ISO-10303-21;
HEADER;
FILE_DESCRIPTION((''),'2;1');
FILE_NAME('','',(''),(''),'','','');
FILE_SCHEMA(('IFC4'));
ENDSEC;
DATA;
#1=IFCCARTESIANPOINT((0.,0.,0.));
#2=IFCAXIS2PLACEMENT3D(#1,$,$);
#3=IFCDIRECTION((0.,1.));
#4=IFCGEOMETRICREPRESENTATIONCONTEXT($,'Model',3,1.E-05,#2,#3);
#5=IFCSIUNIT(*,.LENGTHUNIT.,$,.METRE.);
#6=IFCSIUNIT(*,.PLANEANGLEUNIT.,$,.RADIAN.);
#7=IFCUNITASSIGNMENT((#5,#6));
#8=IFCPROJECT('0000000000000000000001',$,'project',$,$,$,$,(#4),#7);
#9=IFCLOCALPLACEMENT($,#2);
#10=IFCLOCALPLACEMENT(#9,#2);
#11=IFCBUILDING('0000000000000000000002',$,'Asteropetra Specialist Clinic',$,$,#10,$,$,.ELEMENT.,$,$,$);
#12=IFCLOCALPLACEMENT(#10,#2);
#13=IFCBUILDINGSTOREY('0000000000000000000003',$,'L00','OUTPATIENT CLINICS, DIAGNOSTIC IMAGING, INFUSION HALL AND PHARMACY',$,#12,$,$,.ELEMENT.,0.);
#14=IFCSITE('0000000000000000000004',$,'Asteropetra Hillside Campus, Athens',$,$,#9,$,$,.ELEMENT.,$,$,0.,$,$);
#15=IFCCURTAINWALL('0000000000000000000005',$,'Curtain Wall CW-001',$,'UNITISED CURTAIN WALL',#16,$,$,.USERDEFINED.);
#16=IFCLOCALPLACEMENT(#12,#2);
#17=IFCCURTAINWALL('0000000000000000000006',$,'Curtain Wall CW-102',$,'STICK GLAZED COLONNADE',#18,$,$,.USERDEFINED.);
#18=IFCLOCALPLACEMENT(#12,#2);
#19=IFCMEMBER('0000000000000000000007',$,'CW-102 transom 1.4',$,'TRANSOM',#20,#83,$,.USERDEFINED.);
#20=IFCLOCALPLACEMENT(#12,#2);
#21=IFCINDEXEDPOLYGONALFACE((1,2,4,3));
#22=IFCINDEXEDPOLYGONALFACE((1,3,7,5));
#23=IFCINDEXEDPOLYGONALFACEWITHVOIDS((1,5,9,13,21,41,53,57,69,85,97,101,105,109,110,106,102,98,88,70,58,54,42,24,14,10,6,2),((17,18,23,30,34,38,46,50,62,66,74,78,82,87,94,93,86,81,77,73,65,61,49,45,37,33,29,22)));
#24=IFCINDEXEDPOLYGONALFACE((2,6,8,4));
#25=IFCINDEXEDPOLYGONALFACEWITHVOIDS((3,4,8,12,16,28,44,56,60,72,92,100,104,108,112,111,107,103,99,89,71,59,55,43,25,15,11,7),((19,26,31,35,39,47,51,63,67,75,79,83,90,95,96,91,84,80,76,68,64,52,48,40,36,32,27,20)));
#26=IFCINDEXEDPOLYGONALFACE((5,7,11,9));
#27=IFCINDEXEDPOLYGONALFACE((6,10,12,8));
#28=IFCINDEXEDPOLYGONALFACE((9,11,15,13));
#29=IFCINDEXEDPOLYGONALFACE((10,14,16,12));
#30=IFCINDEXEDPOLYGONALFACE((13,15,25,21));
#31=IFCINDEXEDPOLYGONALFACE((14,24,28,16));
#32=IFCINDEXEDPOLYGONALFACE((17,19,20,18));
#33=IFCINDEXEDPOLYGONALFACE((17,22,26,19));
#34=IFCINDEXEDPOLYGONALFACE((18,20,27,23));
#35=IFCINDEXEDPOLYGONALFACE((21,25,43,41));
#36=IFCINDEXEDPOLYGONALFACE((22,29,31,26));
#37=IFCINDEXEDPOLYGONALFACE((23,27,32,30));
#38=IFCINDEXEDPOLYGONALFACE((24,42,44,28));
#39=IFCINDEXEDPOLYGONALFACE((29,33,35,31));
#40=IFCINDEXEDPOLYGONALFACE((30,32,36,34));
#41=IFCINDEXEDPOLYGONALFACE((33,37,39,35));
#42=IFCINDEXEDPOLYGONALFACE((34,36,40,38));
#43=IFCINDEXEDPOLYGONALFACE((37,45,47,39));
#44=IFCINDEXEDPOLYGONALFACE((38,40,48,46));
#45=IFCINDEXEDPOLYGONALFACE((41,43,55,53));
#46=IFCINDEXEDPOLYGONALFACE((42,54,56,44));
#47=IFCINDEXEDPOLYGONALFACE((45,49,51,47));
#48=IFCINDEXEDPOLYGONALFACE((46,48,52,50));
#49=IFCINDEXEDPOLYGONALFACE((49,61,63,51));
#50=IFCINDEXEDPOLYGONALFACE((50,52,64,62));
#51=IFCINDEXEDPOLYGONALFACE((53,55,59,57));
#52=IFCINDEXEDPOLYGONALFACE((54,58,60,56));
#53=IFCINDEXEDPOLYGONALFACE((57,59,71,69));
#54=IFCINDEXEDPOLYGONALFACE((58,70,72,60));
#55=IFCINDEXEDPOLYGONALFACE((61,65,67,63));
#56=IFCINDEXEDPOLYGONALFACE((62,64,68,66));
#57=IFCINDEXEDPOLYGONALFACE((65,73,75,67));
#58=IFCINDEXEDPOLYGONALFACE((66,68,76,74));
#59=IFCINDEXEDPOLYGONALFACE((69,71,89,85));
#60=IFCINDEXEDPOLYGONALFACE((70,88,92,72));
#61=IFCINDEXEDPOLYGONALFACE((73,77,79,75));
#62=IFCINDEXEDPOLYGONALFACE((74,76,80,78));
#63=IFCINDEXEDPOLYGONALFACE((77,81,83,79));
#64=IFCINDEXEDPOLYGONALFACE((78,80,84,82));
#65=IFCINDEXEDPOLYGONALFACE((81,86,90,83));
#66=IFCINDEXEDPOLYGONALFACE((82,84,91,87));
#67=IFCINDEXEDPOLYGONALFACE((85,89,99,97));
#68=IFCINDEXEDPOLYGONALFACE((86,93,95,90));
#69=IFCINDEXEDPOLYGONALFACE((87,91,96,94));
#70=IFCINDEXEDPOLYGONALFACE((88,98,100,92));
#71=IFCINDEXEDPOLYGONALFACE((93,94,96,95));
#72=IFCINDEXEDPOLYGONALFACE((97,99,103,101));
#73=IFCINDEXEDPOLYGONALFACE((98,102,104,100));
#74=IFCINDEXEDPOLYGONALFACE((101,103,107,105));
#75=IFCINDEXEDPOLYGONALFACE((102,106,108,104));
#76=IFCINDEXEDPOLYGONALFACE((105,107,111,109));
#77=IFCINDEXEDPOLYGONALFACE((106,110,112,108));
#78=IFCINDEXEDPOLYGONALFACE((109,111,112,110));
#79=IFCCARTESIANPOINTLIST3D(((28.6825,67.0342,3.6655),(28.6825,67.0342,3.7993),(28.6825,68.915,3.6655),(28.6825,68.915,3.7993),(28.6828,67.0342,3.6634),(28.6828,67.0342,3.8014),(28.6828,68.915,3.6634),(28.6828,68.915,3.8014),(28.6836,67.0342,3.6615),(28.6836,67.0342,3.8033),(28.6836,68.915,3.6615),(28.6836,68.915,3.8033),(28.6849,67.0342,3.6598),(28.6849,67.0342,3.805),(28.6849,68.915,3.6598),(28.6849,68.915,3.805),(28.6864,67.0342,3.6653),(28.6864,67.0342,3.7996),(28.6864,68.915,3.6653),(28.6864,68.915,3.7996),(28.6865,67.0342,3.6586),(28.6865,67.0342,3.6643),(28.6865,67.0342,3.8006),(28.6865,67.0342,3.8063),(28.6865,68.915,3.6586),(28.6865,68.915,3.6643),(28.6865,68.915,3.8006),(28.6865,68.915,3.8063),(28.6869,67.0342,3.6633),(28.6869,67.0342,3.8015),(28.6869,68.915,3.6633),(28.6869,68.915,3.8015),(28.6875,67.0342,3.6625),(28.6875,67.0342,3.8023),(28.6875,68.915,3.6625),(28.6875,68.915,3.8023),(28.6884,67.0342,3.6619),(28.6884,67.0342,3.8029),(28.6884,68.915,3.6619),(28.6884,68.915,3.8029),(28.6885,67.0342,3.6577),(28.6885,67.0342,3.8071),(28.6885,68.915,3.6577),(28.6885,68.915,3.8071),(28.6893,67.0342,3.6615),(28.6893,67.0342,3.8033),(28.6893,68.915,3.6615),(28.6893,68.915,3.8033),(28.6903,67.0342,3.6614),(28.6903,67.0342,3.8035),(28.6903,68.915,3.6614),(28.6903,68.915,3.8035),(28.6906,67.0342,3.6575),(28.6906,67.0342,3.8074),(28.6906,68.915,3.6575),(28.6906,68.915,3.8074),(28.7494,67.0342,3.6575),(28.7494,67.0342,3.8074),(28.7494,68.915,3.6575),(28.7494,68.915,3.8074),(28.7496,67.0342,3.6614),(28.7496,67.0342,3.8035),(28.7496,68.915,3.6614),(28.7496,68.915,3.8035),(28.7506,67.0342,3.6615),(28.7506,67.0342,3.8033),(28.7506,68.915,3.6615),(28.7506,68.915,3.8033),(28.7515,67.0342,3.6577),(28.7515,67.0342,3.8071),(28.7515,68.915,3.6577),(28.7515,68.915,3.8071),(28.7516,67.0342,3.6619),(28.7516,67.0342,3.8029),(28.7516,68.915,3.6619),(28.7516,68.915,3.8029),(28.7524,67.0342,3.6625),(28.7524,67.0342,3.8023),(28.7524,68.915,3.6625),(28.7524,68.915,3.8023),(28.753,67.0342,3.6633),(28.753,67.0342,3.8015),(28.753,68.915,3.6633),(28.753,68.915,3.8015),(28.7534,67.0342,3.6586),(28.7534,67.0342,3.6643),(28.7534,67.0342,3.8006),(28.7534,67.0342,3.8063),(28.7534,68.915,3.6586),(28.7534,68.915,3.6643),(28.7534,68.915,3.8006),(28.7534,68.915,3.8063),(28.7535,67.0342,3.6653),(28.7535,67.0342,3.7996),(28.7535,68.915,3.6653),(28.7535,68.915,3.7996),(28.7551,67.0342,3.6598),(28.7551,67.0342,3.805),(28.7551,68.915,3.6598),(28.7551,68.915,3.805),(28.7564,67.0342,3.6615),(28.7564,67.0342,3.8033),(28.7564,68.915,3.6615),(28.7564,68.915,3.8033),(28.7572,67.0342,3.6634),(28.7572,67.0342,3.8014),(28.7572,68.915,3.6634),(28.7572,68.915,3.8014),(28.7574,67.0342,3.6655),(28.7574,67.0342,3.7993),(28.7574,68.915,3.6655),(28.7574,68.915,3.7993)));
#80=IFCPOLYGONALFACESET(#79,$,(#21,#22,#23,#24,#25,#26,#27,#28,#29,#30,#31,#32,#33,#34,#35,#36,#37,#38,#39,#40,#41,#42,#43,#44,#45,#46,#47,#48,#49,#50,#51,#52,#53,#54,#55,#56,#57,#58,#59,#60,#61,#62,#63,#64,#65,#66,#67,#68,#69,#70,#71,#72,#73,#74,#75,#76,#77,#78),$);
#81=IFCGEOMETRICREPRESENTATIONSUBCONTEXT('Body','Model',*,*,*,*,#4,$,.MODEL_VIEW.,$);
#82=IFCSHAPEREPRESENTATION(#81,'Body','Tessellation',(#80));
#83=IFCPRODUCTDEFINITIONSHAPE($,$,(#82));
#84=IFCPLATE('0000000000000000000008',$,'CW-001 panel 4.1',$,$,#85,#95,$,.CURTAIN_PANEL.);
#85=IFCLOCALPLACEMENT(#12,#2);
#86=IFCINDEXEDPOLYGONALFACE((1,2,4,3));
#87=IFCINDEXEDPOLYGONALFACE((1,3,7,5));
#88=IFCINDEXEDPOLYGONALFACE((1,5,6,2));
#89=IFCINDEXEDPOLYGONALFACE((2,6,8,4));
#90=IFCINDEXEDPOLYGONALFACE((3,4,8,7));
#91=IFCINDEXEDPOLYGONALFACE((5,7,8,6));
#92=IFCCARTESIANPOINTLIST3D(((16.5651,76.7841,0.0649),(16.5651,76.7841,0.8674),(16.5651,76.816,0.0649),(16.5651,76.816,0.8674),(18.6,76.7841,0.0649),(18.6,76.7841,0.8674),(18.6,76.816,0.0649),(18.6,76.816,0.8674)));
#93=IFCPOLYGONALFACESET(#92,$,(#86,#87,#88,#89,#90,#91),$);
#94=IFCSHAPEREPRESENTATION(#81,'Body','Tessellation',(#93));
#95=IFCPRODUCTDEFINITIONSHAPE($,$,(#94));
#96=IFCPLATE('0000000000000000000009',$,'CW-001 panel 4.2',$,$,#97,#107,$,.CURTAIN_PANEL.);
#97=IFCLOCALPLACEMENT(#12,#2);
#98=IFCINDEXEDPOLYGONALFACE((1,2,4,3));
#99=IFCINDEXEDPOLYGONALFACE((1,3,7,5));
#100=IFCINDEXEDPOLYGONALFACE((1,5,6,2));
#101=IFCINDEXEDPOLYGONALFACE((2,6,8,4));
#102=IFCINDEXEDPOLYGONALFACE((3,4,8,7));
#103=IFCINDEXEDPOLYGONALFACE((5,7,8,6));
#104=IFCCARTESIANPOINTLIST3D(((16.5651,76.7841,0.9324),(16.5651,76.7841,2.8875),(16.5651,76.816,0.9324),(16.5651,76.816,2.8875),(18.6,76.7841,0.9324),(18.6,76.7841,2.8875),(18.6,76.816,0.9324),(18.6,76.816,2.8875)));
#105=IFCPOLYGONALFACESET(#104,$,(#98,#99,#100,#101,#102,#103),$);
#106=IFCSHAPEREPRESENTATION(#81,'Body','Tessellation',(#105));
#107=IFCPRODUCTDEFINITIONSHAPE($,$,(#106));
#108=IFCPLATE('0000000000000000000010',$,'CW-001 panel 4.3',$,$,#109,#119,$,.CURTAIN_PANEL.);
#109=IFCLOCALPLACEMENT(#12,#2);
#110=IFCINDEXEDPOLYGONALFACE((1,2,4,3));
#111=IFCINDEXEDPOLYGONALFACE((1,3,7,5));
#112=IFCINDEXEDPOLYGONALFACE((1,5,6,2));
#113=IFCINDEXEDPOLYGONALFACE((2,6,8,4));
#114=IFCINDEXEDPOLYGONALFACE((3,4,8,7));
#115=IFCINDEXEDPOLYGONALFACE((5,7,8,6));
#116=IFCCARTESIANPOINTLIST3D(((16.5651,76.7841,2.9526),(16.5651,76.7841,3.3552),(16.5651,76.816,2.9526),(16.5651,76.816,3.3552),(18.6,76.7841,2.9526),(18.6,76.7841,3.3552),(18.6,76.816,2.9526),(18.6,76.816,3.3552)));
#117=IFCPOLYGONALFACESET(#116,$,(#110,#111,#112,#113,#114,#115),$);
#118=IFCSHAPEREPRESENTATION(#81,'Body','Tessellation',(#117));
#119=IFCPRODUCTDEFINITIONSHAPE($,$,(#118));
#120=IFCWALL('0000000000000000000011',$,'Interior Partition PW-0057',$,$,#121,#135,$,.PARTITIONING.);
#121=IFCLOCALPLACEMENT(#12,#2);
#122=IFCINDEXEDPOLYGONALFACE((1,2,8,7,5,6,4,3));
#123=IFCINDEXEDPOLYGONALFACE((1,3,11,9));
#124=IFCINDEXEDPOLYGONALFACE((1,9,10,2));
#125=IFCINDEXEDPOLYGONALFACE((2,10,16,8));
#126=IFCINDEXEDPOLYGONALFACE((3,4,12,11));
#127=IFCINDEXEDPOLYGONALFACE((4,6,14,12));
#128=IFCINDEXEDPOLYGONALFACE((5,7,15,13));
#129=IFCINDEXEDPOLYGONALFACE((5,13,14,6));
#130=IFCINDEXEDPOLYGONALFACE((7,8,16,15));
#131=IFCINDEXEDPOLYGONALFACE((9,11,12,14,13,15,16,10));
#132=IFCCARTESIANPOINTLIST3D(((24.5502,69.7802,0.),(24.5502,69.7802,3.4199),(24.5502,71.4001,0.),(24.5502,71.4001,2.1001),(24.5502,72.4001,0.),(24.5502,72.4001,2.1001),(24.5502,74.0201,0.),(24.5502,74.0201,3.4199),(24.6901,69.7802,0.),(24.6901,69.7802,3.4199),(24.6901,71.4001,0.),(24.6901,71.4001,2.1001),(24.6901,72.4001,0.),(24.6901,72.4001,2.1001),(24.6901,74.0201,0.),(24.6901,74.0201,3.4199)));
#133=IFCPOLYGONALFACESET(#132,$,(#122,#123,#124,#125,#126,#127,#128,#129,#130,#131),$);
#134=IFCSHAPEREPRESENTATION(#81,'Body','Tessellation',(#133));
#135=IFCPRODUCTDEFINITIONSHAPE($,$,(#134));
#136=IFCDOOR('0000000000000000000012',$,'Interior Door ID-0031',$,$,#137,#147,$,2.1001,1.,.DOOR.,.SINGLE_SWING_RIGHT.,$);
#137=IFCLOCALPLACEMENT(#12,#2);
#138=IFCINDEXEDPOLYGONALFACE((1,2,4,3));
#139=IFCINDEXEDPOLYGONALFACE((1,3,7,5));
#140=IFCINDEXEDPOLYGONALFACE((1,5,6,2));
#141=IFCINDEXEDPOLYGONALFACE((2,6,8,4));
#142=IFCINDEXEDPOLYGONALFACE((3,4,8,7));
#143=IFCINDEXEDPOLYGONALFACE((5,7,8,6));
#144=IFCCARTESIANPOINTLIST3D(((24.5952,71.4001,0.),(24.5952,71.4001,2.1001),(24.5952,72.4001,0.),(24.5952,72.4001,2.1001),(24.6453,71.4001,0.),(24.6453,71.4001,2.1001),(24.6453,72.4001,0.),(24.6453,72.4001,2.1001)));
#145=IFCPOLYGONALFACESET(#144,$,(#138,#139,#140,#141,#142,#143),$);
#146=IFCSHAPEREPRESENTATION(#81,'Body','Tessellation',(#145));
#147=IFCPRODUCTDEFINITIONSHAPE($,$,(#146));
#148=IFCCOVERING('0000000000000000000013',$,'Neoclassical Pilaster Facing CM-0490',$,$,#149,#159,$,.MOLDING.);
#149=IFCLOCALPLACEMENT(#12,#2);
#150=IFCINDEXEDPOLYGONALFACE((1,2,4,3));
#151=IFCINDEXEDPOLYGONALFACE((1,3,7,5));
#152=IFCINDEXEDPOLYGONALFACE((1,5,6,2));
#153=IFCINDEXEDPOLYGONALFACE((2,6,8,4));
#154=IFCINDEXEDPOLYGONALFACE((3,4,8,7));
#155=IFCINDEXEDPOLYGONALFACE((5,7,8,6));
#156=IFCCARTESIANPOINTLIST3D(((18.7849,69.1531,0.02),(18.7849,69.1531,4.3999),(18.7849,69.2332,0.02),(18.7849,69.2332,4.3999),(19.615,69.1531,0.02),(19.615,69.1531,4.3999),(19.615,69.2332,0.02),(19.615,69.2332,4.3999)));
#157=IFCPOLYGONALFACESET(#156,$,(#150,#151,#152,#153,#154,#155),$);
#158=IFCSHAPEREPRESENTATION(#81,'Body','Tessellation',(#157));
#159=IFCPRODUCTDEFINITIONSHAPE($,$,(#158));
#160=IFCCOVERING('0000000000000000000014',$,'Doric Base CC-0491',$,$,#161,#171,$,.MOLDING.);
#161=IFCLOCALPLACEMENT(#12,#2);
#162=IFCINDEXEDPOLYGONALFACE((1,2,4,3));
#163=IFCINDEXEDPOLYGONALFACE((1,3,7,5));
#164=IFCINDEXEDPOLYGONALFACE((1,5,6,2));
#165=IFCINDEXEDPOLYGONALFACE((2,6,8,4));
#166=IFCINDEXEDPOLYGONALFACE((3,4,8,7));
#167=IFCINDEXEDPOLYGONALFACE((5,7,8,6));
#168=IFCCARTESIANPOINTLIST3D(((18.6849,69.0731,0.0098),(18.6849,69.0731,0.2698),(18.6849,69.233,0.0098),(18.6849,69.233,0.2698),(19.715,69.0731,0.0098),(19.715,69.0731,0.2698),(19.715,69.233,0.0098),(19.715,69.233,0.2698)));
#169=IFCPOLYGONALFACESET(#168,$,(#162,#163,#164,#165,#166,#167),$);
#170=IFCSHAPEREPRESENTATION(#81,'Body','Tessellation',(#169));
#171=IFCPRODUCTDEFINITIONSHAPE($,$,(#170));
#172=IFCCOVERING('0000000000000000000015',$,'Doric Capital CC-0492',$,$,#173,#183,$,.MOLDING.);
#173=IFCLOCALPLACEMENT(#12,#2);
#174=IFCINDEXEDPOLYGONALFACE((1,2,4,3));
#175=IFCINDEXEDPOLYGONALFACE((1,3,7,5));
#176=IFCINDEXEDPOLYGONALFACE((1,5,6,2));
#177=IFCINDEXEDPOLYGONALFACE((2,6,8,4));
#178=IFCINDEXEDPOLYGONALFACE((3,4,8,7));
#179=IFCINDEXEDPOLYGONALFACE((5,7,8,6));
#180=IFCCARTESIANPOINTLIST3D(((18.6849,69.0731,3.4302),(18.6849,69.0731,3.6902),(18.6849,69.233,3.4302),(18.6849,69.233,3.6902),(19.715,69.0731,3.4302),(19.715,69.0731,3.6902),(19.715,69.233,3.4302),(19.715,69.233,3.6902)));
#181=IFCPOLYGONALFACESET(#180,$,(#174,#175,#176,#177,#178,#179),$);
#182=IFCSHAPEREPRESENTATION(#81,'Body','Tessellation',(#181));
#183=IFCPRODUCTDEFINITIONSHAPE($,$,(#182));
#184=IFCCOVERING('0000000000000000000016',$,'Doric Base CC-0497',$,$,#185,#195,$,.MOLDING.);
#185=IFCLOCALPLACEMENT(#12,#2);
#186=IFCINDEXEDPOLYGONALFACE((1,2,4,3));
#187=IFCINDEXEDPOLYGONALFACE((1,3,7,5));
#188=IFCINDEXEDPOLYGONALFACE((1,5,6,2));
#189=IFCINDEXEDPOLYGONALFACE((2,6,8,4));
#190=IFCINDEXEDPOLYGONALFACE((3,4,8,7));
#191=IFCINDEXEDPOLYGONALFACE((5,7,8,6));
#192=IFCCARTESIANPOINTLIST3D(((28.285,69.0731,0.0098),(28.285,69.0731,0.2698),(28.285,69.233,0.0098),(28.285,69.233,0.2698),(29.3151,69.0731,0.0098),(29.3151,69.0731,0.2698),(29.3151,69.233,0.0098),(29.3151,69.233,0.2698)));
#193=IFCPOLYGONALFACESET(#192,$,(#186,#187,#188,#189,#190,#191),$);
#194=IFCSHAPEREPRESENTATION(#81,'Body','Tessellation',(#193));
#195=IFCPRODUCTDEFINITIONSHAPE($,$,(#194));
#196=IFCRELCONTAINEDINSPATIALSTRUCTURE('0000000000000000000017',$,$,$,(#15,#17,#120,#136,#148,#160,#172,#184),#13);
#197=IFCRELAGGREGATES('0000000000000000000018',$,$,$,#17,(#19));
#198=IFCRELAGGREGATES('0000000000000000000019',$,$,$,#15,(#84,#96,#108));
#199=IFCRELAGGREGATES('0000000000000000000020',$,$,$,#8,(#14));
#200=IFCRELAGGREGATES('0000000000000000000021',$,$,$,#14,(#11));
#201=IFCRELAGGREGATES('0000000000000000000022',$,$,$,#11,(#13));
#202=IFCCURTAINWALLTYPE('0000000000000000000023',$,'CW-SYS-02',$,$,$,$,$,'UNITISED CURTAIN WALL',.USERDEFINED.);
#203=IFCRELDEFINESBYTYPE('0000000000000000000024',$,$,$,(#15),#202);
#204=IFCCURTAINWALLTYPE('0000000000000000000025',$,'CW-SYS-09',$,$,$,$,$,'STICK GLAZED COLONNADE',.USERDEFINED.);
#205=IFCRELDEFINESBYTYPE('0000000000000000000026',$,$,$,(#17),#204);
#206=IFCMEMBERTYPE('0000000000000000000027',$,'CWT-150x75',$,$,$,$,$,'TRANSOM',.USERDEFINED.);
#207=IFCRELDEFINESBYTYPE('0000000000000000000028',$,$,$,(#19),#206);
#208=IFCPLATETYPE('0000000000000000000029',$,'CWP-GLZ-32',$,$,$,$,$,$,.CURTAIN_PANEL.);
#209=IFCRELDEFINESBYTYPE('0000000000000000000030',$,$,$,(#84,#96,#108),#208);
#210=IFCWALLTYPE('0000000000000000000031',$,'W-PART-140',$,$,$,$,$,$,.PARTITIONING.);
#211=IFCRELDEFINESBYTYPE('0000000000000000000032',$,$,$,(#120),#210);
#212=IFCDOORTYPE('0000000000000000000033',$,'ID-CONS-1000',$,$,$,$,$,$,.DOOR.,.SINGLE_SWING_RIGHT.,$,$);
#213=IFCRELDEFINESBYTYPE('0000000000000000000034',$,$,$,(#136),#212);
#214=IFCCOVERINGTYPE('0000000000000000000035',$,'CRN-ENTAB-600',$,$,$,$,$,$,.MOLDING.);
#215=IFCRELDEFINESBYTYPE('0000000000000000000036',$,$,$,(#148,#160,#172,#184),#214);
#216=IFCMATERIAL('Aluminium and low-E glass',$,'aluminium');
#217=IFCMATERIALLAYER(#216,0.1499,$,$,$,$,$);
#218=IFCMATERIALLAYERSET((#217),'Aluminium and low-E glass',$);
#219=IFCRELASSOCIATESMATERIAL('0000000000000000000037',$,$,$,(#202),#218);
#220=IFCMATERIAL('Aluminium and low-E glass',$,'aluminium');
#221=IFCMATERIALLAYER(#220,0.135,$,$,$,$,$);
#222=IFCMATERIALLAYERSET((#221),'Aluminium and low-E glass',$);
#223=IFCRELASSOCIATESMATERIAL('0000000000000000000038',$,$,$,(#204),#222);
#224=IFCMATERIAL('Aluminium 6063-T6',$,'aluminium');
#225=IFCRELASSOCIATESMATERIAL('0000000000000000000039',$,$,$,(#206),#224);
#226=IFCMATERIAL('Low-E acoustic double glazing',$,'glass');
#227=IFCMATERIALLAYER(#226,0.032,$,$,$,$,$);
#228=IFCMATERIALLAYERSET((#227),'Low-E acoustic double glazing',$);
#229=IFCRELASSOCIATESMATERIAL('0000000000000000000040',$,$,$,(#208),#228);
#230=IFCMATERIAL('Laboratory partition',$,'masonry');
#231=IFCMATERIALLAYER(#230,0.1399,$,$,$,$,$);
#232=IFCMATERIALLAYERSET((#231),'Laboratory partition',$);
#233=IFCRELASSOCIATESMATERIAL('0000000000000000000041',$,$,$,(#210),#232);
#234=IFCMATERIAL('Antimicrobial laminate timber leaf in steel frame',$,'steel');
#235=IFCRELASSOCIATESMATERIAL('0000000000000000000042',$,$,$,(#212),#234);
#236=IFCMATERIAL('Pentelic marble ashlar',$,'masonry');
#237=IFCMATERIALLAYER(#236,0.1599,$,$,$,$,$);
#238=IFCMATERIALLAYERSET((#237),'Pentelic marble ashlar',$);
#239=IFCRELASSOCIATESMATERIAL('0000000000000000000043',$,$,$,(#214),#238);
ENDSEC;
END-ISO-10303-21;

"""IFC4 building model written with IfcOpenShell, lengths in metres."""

from ifc_helpers import new_model, si_unit, direction, frame, frame_2d, origin, origin_2d, place, context, subcontext, project, spatial, rectangle, hollow_rectangle, extrude, material, layer, layer_set, material_profile, profile_set, type_object, element, fill, aggregate, save


model = new_model("IFC4")

# Units and contexts
model_context = context("Model", 3, precision=1e-05, world=origin(), true_north=direction((0.0, 1.0)))
body_context = subcontext(model_context, "Body", "Model", "MODEL_VIEW")
ifc_project = project(units=[si_unit("LENGTHUNIT", "METRE"), si_unit("PLANEANGLEUNIT", "RADIAN")], contexts=[model_context])

# Site, building, storey
site_placement = place(None, origin())
site = spatial("IfcSite", under=ifc_project, at=site_placement, Name="Asteropetra Hillside Campus, Athens", CompositionType="ELEMENT", RefElevation=0.0)
building_placement = place(site_placement, origin())
building = spatial("IfcBuilding", under=site, at=building_placement, Name="Asteropetra Specialist Clinic", CompositionType="ELEMENT")
storey_placement = place(building_placement, origin())
storey = spatial("IfcBuildingStorey", under=building, at=storey_placement, Name="L00", Description="OUTPATIENT CLINICS, DIAGNOSTIC IMAGING, INFUSION HALL AND PHARMACY", CompositionType="ELEMENT", Elevation=0.0)

# Curtain wall
ifc_material_1 = material(Name="Aluminium and low-E glass", Category="aluminium")
ifc_layer_1 = layer(ifc_material_1, 0.1499)
ifc_layer_set_1 = layer_set([ifc_layer_1], Name="Aluminium and low-E glass")
curtain_wall_type_1 = type_object("IfcCurtainWallType", Name="CW-SYS-02", ElementType="UNITISED CURTAIN WALL", PredefinedType="USERDEFINED", material=ifc_layer_set_1)
curtain_wall_1_placement = place(storey_placement, origin())
curtain_wall_1 = element("IfcCurtainWall", 1, at=curtain_wall_1_placement, inside=storey, type_object=curtain_wall_type_1, Name="Curtain Wall CW-001", ObjectType="UNITISED CURTAIN WALL", PredefinedType="USERDEFINED")

# Curtain wall, member
ifc_material_2 = material(Name="Aluminium and low-E glass", Category="aluminium")
ifc_layer_2 = layer(ifc_material_2, 0.135)
ifc_layer_set_2 = layer_set([ifc_layer_2], Name="Aluminium and low-E glass")
curtain_wall_type_2 = type_object("IfcCurtainWallType", Name="CW-SYS-09", ElementType="STICK GLAZED COLONNADE", PredefinedType="USERDEFINED", material=ifc_layer_set_2)
curtain_wall_2_placement = place(storey_placement, origin())
curtain_wall_2 = element("IfcCurtainWall", 2, at=curtain_wall_2_placement, inside=storey, type_object=curtain_wall_type_2, Name="Curtain Wall CW-102", ObjectType="STICK GLAZED COLONNADE", PredefinedType="USERDEFINED")
ifc_material_3 = material(Name="Aluminium 6063-T6", Category="aluminium")
ifc_material_profile_1 = material_profile(ifc_material_3, hollow_rectangle(XDim=0.075, YDim=0.1499, WallThickness=0.0039, InnerFilletRadius=0.0039, OuterFilletRadius=0.0081, at=origin_2d()), Name="TRN 150x75x4.0")
ifc_profile_set_1 = profile_set([ifc_material_profile_1], Name="Aluminium 6063-T6")
member_type_1 = type_object("IfcMemberType", Name="CWT-150x75", ElementType="TRANSOM", PredefinedType="USERDEFINED", material=ifc_profile_set_1)
member_1_placement = place(storey_placement, frame((28.72, 68.915, 3.7324), z_axis=(0.0, -1.0, 0.0), x_axis=(1.0, 0.0, 0.0)))
member_1 = element("IfcMember", 3, at=member_1_placement, type_object=member_type_1, Name="CW-102 transom 1.4", ObjectType="TRANSOM", PredefinedType="USERDEFINED", context=body_context, shape_type="SweptSolid", body=[
    extrude(hollow_rectangle(XDim=0.075, YDim=0.1499, WallThickness=0.0039, InnerFilletRadius=0.0039, OuterFilletRadius=0.0081, at=origin_2d()), origin(), (0.0, 0.0, 1.0), 1.8809),
])
aggregate(curtain_wall_2, [member_1])

# Plates
ifc_material_4 = material(Name="Low-E acoustic double glazing", Category="glass")
ifc_layer_3 = layer(ifc_material_4, 0.032)
ifc_layer_set_3 = layer_set([ifc_layer_3], Name="Low-E acoustic double glazing")
plate_type = type_object("IfcPlateType", Name="CWP-GLZ-32", PredefinedType="CURTAIN_PANEL", material=ifc_layer_set_3)
plate_1_placement = place(storey_placement, frame((17.5825, 76.8, 0.0649), z_axis=(0.0, 0.0, 1.0), x_axis=(1.0, 0.0, 0.0)))
plate_1 = element("IfcPlate", 4, at=plate_1_placement, type_object=plate_type, Name="CW-001 panel 4.1", PredefinedType="CURTAIN_PANEL", context=body_context, shape_type="SweptSolid", body=[
    extrude(rectangle(XDim=2.0349, YDim=0.032, at=origin_2d()), origin(), (0.0, 0.0, 1.0), 0.8025),
])
plate_2_placement = place(storey_placement, frame((17.5825, 76.8, 0.9324), z_axis=(0.0, 0.0, 1.0), x_axis=(1.0, 0.0, 0.0)))
plate_2 = element("IfcPlate", 5, at=plate_2_placement, type_object=plate_type, Name="CW-001 panel 4.2", PredefinedType="CURTAIN_PANEL", context=body_context, shape_type="SweptSolid", body=[
    extrude(rectangle(XDim=2.0349, YDim=0.032, at=origin_2d()), origin(), (0.0, 0.0, 1.0), 1.9551),
])
plate_3_placement = place(storey_placement, frame((17.5825, 76.8, 2.9526), z_axis=(0.0, 0.0, 1.0), x_axis=(1.0, 0.0, 0.0)))
plate_3 = element("IfcPlate", 6, at=plate_3_placement, type_object=plate_type, Name="CW-001 panel 4.3", PredefinedType="CURTAIN_PANEL", context=body_context, shape_type="SweptSolid", body=[
    extrude(rectangle(XDim=2.0349, YDim=0.032, at=origin_2d()), origin(), (0.0, 0.0, 1.0), 0.4026),
])
aggregate(curtain_wall_1, [plate_1, plate_2, plate_3])

# Wall, opening, door
ifc_material_5 = material(Name="Laboratory partition", Category="masonry")
ifc_layer_4 = layer(ifc_material_5, 0.1399)
ifc_layer_set_4 = layer_set([ifc_layer_4], Name="Laboratory partition")
wall_type = type_object("IfcWallType", Name="W-PART-140", PredefinedType="PARTITIONING", material=ifc_layer_set_4)
wall_placement = place(storey_placement, frame((24.6201, 69.78, 0.0), z_axis=(0.0, 0.0, 1.0), x_axis=(0.0, 1.0, 0.0)))
wall = element("IfcWall", 7, at=wall_placement, inside=storey, type_object=wall_type, Name="Interior Partition PW-0057", PredefinedType="PARTITIONING", context=body_context, shape_type="SweptSolid", body=[
    extrude(rectangle(XDim=4.24, YDim=0.1399, at=frame_2d((2.1201, 0.0))), origin(), (0.0, 0.0, 1.0), 3.4199),
])
opening_placement = place(wall_placement, frame((1.6201, 0.0, 0.0)))
opening = element("IfcOpeningElement", 8, at=opening_placement, cuts=wall, PredefinedType="OPENING", context=body_context, shape_type="SweptSolid", body=[
    extrude(rectangle(XDim=1.0, YDim=2.1001, at=frame_2d((0.5, 1.05))), frame((0.0, 0.0798, 0.0), z_axis=(0.0, -1.0, 0.0), x_axis=(1.0, 0.0, 0.0)), (0.0, 0.0, 1.0), 0.1599),
])
ifc_material_6 = material(Name="Antimicrobial laminate timber leaf in steel frame", Category="steel")
door_type = type_object("IfcDoorType", Name="ID-CONS-1000", OperationType="SINGLE_SWING_RIGHT", PredefinedType="DOOR", material=ifc_material_6)
door_placement = place(opening_placement, origin())
door = element("IfcDoor", 9, at=door_placement, inside=storey, type_object=door_type, Name="Interior Door ID-0031", OperationType="SINGLE_SWING_RIGHT", OverallHeight=2.1001, OverallWidth=1.0, PredefinedType="DOOR", context=body_context, shape_type="SweptSolid", body=[
    extrude(rectangle(XDim=1.0, YDim=2.1001, at=frame_2d((0.5, 1.05))), frame((0.0, 0.0249, 0.0), z_axis=(0.0, -1.0, 0.0), x_axis=(1.0, 0.0, 0.0)), (0.0, 0.0, 1.0), 0.05),
])
fill(opening, door)

# Coverings
ifc_material_7 = material(Name="Pentelic marble ashlar", Category="masonry")
ifc_layer_5 = layer(ifc_material_7, 0.1599)
ifc_layer_set_5 = layer_set([ifc_layer_5], Name="Pentelic marble ashlar")
covering_type = type_object("IfcCoveringType", Name="CRN-ENTAB-600", PredefinedType="MOLDING", material=ifc_layer_set_5)
covering_placement = place(storey_placement, frame((19.2, 69.1931, 0.02), z_axis=(0.0, 0.0, 1.0), x_axis=(1.0, 0.0, 0.0)))
element("IfcCovering", 10, at=covering_placement, inside=storey, type_object=covering_type, Name="Neoclassical Pilaster Facing CM-0490", PredefinedType="MOLDING", context=body_context, shape_type="SweptSolid", body=[
    extrude(rectangle(XDim=0.8301, YDim=0.0801, at=origin_2d()), origin(), (0.0, 0.0, 1.0), 4.3799),
])
for number, where, z_axis, x_axis, name in (
    (11, (19.2, 69.1531, 0.0098), (0.0, 0.0, 1.0), (1.0, 0.0, 0.0), "Doric Base CC-0491"),
    (12, (19.2, 69.1531, 3.4302), (0.0, 0.0, 1.0), (1.0, 0.0, 0.0), "Doric Capital CC-0492"),
    (13, (28.8, 69.1531, 0.0098), (0.0, 0.0, 1.0), (1.0, 0.0, 0.0), "Doric Base CC-0497"),
):
    element("IfcCovering", number, at=place(storey_placement, frame(where, z_axis=z_axis, x_axis=x_axis)), inside=storey, type_object=covering_type, Name=name, PredefinedType="MOLDING", context=body_context, shape_type="SweptSolid", body=[
        extrude(rectangle(XDim=1.03, YDim=0.1599, at=origin_2d()), origin(), (0.0, 0.0, 1.0), 0.26),
    ])

save(model, "model.ifc")
